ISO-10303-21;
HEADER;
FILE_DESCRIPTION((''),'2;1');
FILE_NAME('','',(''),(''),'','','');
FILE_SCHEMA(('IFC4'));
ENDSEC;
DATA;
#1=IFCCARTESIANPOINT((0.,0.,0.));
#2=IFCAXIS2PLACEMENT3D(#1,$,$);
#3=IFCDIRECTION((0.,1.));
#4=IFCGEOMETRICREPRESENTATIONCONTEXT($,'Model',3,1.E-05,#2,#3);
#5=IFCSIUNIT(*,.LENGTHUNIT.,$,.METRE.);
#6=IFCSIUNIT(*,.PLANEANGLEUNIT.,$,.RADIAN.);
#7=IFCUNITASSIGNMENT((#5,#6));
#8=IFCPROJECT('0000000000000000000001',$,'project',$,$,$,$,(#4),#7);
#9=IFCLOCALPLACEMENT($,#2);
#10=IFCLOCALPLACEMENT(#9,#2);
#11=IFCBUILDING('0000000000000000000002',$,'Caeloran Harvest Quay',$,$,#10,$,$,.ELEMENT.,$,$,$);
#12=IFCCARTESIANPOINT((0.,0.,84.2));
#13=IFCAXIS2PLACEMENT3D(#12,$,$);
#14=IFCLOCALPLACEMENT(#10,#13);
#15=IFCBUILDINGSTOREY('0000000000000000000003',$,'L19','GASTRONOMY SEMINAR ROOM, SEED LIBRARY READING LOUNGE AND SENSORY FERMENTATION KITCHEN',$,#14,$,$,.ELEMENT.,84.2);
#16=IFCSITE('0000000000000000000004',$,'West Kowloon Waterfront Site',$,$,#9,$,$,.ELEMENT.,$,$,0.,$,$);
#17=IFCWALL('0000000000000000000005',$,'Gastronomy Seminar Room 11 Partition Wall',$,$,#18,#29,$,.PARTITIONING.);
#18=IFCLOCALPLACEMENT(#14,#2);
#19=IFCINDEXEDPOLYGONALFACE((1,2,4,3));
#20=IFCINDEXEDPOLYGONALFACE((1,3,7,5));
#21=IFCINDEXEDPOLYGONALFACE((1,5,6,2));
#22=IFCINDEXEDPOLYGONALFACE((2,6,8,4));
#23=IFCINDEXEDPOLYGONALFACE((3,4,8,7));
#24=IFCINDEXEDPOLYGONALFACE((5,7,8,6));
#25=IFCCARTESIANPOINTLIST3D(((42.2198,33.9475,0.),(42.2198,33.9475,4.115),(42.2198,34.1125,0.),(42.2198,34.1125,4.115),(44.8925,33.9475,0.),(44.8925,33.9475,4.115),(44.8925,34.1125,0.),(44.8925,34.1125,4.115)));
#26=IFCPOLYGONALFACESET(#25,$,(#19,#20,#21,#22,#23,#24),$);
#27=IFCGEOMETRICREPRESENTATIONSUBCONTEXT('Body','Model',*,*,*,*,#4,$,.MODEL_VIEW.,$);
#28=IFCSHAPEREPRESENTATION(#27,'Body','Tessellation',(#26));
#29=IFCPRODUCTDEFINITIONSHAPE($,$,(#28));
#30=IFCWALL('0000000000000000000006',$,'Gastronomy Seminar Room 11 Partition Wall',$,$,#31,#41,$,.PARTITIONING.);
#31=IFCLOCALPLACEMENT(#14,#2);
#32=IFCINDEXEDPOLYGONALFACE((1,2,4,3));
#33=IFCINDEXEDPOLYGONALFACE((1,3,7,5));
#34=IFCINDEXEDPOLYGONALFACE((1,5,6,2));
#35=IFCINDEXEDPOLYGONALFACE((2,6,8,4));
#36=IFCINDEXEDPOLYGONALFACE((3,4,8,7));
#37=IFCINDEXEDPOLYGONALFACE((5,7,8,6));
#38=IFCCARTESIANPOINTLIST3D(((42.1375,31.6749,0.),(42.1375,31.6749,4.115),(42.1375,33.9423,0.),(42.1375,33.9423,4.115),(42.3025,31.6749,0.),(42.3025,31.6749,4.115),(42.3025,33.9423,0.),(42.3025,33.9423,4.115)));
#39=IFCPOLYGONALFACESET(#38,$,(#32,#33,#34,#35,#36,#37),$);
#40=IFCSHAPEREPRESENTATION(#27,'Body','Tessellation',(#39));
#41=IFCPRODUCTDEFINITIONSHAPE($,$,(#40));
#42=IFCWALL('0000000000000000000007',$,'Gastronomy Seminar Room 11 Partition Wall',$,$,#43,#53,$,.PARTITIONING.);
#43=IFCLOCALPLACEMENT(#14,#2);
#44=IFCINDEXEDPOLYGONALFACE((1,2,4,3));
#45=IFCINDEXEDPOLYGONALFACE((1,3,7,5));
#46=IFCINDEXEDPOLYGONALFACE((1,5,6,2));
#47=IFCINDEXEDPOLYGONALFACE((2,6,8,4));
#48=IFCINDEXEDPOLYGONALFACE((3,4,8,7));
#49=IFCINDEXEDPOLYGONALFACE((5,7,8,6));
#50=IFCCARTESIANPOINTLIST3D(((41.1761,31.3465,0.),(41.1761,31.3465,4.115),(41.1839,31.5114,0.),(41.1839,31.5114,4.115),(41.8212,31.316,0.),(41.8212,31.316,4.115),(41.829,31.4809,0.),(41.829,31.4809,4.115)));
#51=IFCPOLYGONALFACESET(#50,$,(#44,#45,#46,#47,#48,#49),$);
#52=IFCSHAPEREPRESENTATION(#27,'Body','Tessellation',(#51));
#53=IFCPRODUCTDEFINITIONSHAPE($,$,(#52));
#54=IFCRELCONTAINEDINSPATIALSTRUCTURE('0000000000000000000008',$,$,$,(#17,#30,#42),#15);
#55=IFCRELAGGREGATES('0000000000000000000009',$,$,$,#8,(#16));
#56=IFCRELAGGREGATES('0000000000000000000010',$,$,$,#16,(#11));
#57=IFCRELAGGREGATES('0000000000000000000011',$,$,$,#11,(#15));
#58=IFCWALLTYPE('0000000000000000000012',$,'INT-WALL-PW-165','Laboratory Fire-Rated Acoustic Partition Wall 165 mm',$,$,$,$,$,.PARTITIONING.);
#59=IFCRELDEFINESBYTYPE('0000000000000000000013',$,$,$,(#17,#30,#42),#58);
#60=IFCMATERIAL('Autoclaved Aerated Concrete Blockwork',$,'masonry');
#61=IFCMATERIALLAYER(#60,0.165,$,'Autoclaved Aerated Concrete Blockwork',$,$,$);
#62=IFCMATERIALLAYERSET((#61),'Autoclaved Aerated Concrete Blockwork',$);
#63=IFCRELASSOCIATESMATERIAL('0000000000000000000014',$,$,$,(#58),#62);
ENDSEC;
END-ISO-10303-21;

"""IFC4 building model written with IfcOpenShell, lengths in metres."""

from ifc_helpers import new_model, si_unit, direction, frame, frame_2d, origin, place, context, subcontext, project, spatial, rectangle, extrude, material, layer, layer_set, type_object, element, save


model = new_model("IFC4")

# Units and contexts
model_context = context("Model", 3, precision=1e-05, world=origin(), true_north=direction((0.0, 1.0)))
body_context = subcontext(model_context, "Body", "Model", "MODEL_VIEW")
ifc_project = project(units=[si_unit("LENGTHUNIT", "METRE"), si_unit("PLANEANGLEUNIT", "RADIAN")], contexts=[model_context])

# Site, building, storey
site_placement = place(None, origin())
site = spatial("IfcSite", under=ifc_project, at=site_placement, Name="West Kowloon Waterfront Site", CompositionType="ELEMENT", RefElevation=0.0)
building_placement = place(site_placement, origin())
building = spatial("IfcBuilding", under=site, at=building_placement, Name="Caeloran Harvest Quay", CompositionType="ELEMENT")
storey_placement = place(building_placement, frame((0.0, 0.0, 84.2)))
storey = spatial("IfcBuildingStorey", under=building, at=storey_placement, Name="L19", Description="GASTRONOMY SEMINAR ROOM, SEED LIBRARY READING LOUNGE AND SENSORY FERMENTATION KITCHEN", CompositionType="ELEMENT", Elevation=84.2)

# Walls
ifc_material_1 = material(Name="Autoclaved Aerated Concrete Blockwork", Category="masonry")
ifc_layer_1 = layer(ifc_material_1, 0.165, Name="Autoclaved Aerated Concrete Blockwork")
ifc_layer_set_1 = layer_set([ifc_layer_1], Name="Autoclaved Aerated Concrete Blockwork")
wall_type_1 = type_object("IfcWallType", Name="INT-WALL-PW-165", Description="Laboratory Fire-Rated Acoustic Partition Wall 165 mm", PredefinedType="PARTITIONING", material=ifc_layer_set_1)
wall_1_placement = place(storey_placement, frame((44.8926, 34.03, 0.0), z_axis=(0.0, 0.0, 1.0), x_axis=(-1.0, 0.0, 0.0)))
element("IfcWall", 1, at=wall_1_placement, inside=storey, type_object=wall_type_1, Name="Gastronomy Seminar Room 11 Partition Wall", PredefinedType="PARTITIONING", context=body_context, shape_type="SweptSolid", body=[
    extrude(rectangle(XDim=2.6726, YDim=0.165, at=frame_2d((1.3364, 0.0))), origin(), (0.0, 0.0, 1.0), 4.115),
])
wall_2_placement = place(storey_placement, frame((42.22, 33.9424, 0.0), z_axis=(0.0, 0.0, 1.0), x_axis=(0.0, -1.0, 0.0)))
element("IfcWall", 2, at=wall_2_placement, inside=storey, type_object=wall_type_1, Name="Gastronomy Seminar Room 11 Partition Wall", PredefinedType="PARTITIONING", context=body_context, shape_type="SweptSolid", body=[
    extrude(rectangle(XDim=2.2673, YDim=0.165, at=frame_2d((1.1338, 0.0))), origin(), (0.0, 0.0, 1.0), 4.115),
])
wall_3_placement = place(storey_placement, frame((41.825, 31.3984, 0.0), z_axis=(0.0, 0.0, 1.0), x_axis=(-0.998883, 0.04726, 0.0)))
element("IfcWall", 3, at=wall_3_placement, inside=storey, type_object=wall_type_1, Name="Gastronomy Seminar Room 11 Partition Wall", PredefinedType="PARTITIONING", context=body_context, shape_type="SweptSolid", body=[
    extrude(rectangle(XDim=0.6458, YDim=0.165, at=frame_2d((0.3228, 0.0))), origin(), (0.0, 0.0, 1.0), 4.115),
])

save(model, "model.ifc")
